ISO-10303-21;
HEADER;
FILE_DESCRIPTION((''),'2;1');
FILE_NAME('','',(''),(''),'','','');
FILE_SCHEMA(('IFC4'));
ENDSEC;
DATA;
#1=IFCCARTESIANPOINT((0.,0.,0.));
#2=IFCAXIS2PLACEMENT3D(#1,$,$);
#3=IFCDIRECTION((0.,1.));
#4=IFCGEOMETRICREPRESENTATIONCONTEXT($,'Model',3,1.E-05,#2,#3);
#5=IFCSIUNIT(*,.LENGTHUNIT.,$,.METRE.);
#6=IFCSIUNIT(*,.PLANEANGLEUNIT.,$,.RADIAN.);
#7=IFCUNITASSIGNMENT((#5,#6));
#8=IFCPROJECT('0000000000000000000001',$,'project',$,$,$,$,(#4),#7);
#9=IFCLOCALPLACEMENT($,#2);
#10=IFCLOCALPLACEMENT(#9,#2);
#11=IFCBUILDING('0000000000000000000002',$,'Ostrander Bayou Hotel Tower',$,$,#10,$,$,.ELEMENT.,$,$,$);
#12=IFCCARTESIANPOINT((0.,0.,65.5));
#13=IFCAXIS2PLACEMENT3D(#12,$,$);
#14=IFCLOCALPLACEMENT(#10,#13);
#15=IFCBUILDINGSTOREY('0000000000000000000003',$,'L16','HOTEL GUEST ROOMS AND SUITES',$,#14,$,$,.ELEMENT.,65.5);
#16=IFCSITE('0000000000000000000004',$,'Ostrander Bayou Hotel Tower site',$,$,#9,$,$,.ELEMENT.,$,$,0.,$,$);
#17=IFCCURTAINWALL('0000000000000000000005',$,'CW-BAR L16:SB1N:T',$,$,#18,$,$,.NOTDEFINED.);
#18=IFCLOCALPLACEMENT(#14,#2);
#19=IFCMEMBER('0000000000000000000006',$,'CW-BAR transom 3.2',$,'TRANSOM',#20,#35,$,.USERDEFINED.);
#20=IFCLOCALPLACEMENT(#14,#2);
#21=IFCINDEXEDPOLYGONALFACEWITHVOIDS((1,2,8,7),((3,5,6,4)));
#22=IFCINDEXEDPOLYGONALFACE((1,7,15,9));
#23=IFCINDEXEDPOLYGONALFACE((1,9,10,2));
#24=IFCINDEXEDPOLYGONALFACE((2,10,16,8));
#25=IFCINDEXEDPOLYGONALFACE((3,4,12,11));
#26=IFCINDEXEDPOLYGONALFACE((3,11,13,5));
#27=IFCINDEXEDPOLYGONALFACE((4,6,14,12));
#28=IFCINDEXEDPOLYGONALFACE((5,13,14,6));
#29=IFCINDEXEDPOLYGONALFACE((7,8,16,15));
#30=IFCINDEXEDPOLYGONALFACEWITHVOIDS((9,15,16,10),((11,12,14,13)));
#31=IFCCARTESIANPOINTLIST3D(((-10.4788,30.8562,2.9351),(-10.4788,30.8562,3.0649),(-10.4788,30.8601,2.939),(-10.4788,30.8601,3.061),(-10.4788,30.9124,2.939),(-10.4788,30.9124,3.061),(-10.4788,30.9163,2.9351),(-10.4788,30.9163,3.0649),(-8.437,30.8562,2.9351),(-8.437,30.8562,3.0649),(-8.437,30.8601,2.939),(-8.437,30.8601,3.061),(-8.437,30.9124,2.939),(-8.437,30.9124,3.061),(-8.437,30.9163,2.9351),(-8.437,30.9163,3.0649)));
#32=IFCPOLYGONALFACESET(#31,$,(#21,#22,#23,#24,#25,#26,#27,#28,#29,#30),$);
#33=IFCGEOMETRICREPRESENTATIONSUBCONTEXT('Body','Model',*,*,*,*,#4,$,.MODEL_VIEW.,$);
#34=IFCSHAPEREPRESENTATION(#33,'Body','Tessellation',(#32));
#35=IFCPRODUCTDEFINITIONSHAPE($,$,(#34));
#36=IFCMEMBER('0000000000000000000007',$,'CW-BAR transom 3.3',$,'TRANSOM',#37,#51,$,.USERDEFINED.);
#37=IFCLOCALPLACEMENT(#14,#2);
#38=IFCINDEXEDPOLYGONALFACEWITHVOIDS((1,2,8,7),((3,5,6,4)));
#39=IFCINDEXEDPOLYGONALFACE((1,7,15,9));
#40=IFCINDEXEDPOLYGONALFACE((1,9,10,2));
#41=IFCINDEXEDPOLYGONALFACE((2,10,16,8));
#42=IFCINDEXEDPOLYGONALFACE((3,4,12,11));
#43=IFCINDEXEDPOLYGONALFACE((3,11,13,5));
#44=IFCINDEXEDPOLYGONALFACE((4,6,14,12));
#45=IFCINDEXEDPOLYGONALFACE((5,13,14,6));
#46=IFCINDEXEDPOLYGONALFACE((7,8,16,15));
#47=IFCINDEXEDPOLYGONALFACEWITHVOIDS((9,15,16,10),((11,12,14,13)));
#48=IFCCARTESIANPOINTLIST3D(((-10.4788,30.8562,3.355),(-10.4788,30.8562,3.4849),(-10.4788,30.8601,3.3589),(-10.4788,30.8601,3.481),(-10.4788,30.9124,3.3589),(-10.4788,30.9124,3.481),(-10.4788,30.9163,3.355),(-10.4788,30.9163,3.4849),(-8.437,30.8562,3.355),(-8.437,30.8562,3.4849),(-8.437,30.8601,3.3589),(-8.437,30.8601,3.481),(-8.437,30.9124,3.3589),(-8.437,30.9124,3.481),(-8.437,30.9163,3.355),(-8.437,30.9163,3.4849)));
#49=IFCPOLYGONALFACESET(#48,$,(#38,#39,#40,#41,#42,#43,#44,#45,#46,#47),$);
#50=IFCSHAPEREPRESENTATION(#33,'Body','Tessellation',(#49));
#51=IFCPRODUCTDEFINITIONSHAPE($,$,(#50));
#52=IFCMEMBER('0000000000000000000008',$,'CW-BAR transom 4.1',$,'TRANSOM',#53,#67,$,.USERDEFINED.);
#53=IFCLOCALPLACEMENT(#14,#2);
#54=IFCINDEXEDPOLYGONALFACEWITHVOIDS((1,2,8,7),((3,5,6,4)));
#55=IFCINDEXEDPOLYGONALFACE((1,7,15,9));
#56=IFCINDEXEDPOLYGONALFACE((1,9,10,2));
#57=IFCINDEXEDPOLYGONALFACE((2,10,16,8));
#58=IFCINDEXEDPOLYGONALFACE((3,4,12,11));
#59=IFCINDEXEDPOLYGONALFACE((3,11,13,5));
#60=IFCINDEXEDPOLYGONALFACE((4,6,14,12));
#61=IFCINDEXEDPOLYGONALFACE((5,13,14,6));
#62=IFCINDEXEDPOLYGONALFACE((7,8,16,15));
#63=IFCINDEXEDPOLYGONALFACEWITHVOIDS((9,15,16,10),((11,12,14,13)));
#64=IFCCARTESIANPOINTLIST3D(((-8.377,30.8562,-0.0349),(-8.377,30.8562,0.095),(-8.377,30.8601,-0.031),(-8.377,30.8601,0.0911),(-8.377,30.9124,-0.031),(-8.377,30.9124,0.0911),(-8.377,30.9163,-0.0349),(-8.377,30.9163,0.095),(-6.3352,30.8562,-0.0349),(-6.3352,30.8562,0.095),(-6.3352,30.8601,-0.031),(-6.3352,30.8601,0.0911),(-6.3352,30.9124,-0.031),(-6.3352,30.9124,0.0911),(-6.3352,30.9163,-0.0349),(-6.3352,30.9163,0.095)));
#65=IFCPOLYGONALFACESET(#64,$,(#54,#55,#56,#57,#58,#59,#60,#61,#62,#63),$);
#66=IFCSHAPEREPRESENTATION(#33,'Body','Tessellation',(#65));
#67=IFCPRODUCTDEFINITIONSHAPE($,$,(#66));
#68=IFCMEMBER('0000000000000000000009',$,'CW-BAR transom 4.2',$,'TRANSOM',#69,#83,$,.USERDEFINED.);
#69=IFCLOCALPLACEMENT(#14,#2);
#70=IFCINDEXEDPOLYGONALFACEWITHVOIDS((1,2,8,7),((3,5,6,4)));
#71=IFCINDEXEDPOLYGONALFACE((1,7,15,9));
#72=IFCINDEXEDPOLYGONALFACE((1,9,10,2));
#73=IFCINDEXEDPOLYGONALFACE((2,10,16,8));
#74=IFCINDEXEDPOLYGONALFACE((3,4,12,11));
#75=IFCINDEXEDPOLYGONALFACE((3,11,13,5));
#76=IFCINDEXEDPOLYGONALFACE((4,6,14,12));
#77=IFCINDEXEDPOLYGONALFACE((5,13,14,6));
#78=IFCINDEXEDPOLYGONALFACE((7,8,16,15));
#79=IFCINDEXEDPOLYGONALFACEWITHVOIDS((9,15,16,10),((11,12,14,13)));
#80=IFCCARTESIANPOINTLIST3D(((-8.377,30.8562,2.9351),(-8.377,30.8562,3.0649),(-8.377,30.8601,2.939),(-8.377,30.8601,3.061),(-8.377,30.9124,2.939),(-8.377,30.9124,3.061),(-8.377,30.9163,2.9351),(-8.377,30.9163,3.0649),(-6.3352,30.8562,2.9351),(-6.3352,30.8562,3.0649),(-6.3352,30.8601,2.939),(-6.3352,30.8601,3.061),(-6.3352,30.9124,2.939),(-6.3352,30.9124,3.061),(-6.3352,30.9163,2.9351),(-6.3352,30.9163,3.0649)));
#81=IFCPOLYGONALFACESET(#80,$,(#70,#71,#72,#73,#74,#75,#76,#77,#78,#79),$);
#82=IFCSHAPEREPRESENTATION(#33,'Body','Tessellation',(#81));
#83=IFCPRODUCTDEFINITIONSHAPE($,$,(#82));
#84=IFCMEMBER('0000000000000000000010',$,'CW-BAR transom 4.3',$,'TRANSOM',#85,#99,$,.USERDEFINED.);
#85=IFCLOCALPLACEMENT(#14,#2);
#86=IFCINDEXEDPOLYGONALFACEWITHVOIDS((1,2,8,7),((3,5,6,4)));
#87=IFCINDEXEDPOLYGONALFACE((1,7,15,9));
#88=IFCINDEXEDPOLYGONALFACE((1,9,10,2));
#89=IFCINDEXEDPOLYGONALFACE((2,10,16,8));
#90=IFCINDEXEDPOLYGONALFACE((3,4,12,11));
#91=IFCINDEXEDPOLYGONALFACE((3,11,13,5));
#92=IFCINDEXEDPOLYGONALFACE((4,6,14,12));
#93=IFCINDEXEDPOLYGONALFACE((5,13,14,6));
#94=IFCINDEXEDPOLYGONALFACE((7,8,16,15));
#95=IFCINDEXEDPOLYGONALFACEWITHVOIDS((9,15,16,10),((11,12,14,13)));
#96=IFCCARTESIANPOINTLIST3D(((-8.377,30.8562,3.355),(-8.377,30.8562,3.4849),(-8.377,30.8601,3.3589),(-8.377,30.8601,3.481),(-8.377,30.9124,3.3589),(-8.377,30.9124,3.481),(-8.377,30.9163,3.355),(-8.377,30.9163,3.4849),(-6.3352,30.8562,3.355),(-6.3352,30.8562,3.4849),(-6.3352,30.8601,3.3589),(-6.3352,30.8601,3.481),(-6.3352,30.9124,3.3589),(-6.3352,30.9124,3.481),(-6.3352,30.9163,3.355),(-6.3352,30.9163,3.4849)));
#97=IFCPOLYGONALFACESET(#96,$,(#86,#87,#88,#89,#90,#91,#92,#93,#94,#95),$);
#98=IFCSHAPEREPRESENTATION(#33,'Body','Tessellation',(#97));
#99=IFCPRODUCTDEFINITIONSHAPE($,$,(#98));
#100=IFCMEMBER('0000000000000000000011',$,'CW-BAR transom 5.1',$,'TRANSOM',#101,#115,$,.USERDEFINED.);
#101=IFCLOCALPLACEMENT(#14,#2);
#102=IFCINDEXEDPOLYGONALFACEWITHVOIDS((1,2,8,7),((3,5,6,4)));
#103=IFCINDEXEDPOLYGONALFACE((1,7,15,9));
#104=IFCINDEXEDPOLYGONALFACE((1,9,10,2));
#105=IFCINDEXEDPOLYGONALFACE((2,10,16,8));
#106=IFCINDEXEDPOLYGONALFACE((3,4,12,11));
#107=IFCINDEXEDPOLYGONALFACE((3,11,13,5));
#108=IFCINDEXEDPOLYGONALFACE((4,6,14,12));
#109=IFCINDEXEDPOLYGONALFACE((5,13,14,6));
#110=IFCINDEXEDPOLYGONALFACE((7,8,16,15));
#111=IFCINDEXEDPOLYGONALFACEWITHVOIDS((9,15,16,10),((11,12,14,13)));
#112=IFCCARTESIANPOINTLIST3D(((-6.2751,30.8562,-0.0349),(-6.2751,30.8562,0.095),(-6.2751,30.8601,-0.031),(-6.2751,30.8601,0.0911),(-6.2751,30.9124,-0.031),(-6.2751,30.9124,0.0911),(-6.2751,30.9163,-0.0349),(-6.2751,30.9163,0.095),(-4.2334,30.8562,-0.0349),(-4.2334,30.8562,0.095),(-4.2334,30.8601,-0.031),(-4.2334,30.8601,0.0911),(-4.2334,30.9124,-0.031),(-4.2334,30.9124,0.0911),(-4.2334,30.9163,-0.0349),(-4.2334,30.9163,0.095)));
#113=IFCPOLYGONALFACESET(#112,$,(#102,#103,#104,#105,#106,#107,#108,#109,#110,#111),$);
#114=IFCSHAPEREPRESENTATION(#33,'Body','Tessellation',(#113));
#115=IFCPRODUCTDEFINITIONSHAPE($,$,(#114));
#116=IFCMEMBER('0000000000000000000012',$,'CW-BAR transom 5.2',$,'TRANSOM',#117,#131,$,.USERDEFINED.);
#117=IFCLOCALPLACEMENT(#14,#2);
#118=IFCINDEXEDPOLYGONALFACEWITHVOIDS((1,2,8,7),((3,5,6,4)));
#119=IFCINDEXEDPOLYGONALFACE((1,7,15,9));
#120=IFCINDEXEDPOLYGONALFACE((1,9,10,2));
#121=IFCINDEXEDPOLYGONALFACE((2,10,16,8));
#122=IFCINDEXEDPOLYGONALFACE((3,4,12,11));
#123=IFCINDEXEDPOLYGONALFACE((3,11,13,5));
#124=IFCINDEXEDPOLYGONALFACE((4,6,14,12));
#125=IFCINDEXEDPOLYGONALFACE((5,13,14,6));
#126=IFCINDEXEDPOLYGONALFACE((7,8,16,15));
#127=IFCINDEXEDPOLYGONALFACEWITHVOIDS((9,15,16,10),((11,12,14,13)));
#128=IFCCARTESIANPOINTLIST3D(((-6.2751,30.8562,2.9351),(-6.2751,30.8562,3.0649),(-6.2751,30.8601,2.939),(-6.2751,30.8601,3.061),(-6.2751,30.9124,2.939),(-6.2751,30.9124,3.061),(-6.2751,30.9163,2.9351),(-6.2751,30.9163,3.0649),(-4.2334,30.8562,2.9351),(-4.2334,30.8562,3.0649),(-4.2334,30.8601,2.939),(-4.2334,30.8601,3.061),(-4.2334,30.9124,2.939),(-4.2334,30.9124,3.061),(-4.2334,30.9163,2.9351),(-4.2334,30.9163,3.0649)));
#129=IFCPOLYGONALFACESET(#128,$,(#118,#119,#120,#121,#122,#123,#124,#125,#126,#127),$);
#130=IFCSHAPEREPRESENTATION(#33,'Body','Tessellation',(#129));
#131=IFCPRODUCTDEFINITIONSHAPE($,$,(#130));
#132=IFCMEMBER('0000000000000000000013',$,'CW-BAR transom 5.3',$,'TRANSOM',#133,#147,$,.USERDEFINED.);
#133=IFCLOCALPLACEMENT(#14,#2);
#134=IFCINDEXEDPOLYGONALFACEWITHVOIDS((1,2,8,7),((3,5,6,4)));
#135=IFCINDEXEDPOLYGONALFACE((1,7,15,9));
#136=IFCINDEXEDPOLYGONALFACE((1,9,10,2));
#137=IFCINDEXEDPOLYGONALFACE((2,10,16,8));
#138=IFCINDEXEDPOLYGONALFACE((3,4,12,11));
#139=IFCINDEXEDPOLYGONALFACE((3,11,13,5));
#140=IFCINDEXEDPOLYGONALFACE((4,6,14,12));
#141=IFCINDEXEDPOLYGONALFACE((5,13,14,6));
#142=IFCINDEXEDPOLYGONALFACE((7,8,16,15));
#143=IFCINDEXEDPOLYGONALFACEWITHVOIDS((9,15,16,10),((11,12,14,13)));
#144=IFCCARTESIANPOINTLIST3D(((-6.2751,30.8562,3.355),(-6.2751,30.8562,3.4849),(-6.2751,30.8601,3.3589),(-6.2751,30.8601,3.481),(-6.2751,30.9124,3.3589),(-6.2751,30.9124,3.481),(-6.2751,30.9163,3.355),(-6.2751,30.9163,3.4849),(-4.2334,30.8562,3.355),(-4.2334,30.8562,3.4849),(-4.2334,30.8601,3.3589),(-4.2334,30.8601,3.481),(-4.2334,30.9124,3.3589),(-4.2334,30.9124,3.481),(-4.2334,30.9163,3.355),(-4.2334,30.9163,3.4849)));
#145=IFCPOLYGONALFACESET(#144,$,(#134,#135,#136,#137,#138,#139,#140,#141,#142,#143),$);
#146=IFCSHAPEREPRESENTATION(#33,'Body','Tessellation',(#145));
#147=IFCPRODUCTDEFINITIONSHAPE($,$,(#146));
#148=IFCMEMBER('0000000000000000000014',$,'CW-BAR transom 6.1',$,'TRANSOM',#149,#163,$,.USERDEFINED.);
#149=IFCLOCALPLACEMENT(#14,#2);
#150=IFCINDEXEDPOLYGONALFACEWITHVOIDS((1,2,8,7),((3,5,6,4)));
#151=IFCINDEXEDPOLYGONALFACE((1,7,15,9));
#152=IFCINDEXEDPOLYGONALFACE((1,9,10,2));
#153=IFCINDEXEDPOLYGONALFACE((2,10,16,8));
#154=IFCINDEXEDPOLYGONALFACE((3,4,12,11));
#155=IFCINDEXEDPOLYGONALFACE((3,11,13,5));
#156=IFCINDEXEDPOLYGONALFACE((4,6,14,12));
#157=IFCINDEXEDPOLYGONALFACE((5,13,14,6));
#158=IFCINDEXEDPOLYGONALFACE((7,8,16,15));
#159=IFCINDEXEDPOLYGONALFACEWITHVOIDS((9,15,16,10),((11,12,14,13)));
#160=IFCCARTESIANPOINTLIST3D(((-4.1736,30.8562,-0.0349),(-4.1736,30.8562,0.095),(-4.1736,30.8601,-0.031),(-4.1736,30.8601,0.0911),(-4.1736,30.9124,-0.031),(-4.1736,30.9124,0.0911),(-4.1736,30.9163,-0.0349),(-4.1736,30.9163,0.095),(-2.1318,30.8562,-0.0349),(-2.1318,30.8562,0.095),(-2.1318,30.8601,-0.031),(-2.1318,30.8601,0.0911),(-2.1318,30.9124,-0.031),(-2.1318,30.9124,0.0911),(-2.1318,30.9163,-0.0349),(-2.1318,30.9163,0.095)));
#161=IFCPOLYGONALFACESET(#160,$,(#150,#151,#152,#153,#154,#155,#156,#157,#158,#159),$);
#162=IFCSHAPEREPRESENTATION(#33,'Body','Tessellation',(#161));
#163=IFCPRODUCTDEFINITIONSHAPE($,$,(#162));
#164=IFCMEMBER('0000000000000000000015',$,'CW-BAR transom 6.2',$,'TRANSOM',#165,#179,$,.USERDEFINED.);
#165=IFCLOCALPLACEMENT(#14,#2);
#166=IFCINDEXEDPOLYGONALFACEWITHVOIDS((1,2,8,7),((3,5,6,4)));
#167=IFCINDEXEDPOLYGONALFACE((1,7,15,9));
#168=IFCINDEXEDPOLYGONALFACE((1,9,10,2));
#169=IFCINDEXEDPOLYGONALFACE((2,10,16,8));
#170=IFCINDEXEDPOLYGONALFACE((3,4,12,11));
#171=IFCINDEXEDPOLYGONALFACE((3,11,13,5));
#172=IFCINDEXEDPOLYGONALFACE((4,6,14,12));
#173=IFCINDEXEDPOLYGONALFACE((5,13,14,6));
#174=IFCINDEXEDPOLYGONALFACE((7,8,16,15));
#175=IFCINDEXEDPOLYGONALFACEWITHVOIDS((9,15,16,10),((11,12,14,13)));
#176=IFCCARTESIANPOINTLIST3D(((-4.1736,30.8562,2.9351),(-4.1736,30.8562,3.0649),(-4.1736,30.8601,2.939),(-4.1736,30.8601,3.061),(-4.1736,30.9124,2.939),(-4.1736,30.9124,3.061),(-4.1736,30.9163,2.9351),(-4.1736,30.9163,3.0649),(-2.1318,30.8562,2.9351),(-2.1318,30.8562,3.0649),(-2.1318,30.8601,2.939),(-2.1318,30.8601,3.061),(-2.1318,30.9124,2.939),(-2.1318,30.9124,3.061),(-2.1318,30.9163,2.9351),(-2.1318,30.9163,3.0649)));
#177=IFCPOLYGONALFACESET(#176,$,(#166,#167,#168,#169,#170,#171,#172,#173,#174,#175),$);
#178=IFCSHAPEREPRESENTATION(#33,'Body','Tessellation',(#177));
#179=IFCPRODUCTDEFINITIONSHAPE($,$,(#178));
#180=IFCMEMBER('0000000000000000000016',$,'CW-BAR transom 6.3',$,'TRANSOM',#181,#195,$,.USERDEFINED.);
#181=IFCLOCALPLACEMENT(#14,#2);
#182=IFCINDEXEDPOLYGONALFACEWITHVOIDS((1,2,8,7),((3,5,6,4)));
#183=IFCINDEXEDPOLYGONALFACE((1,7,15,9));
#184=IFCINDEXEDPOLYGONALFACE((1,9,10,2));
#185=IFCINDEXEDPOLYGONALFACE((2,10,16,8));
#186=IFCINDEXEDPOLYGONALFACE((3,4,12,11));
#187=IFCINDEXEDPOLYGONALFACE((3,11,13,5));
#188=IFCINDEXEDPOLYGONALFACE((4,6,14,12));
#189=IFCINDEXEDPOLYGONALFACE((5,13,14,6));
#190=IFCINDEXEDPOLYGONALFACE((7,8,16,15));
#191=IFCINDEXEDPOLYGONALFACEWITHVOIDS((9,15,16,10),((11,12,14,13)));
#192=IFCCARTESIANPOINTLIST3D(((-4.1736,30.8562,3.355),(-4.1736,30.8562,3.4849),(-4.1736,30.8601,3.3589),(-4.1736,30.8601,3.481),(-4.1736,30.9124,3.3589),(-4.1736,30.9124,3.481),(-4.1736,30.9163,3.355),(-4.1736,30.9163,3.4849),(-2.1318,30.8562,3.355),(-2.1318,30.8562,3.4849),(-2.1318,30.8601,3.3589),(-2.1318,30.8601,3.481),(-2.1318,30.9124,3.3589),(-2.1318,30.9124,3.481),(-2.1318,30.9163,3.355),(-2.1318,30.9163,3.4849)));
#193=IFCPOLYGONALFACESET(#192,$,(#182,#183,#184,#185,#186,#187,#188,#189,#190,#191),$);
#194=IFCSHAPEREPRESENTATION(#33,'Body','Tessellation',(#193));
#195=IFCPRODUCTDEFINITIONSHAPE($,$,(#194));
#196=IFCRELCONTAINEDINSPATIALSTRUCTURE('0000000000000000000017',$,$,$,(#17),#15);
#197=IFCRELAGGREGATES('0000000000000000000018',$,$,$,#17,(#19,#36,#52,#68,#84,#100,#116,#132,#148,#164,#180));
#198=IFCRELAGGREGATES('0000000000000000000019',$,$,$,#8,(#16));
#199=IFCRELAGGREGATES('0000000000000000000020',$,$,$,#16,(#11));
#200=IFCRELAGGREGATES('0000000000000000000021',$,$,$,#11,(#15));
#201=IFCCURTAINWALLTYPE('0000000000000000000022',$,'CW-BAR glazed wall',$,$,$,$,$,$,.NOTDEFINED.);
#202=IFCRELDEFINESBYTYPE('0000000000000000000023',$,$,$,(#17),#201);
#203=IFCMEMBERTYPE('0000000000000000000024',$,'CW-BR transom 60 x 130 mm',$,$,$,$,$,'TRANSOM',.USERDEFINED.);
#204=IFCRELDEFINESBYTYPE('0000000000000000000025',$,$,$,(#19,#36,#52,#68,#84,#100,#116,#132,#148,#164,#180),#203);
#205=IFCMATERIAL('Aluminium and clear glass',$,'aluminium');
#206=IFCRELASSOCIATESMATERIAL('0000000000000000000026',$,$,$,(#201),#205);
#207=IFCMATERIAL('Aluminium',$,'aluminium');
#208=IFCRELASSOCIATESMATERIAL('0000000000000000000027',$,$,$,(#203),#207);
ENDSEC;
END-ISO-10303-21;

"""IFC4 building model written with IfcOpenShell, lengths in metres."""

from ifc_helpers import new_model, si_unit, direction, frame, origin, origin_2d, place, context, subcontext, project, spatial, hollow_rectangle, extrude, material, material_profile, profile_set, type_object, element, aggregate, save


model = new_model("IFC4")

# Units and contexts
model_context = context("Model", 3, precision=1e-05, world=origin(), true_north=direction((0.0, 1.0)))
body_context = subcontext(model_context, "Body", "Model", "MODEL_VIEW")
ifc_project = project(units=[si_unit("LENGTHUNIT", "METRE"), si_unit("PLANEANGLEUNIT", "RADIAN")], contexts=[model_context])

# Site, building, storey
site_placement = place(None, origin())
site = spatial("IfcSite", under=ifc_project, at=site_placement, Name="Ostrander Bayou Hotel Tower site", CompositionType="ELEMENT", RefElevation=0.0)
building_placement = place(site_placement, origin())
building = spatial("IfcBuilding", under=site, at=building_placement, Name="Ostrander Bayou Hotel Tower", CompositionType="ELEMENT")
storey_placement = place(building_placement, frame((0.0, 0.0, 65.5)))
storey = spatial("IfcBuildingStorey", under=building, at=storey_placement, Name="L16", Description="HOTEL GUEST ROOMS AND SUITES", CompositionType="ELEMENT", Elevation=65.5)

# Curtain wall, members
ifc_material_1 = material(Name="Aluminium and clear glass", Category="aluminium")
curtain_wall_type = type_object("IfcCurtainWallType", Name="CW-BAR glazed wall", PredefinedType="NOTDEFINED", material=ifc_material_1)
curtain_wall_placement = place(storey_placement, origin())
curtain_wall = element("IfcCurtainWall", 1, at=curtain_wall_placement, inside=storey, type_object=curtain_wall_type, Name="CW-BAR L16:SB1N:T", PredefinedType="NOTDEFINED")
ifc_material_2 = material(Name="Aluminium", Category="aluminium")
ifc_material_profile_1 = material_profile(ifc_material_2, hollow_rectangle(XDim=0.0601, YDim=0.1299, WallThickness=0.0039, at=origin_2d()))
ifc_profile_set_1 = profile_set([ifc_material_profile_1], Name="Aluminium")
member_type_1 = type_object("IfcMemberType", Name="CW-BR transom 60 x 130 mm", ElementType="TRANSOM", PredefinedType="USERDEFINED", material=ifc_profile_set_1)
member_1_placement = place(storey_placement, frame((-10.4788, 30.8862, 3.0), z_axis=(1.0, 0.0, 0.0), x_axis=(0.0, 1.0, 0.0)))
member_1 = element("IfcMember", 2, at=member_1_placement, type_object=member_type_1, Name="CW-BAR transom 3.2", ObjectType="TRANSOM", PredefinedType="USERDEFINED", context=body_context, shape_type="SweptSolid", body=[
    extrude(hollow_rectangle(XDim=0.0601, YDim=0.1299, WallThickness=0.0039, at=origin_2d()), origin(), (0.0, 0.0, 1.0), 2.0417),
])
member_2_placement = place(storey_placement, frame((-10.4788, 30.8862, 3.4199), z_axis=(1.0, 0.0, 0.0), x_axis=(0.0, 1.0, 0.0)))
member_2 = element("IfcMember", 3, at=member_2_placement, type_object=member_type_1, Name="CW-BAR transom 3.3", ObjectType="TRANSOM", PredefinedType="USERDEFINED", context=body_context, shape_type="SweptSolid", body=[
    extrude(hollow_rectangle(XDim=0.0601, YDim=0.1299, WallThickness=0.0039, at=origin_2d()), origin(), (0.0, 0.0, 1.0), 2.0417),
])
member_3_placement = place(storey_placement, frame((-8.377, 30.8862, 0.03), z_axis=(1.0, 0.0, 0.0), x_axis=(0.0, 1.0, 0.0)))
member_3 = element("IfcMember", 4, at=member_3_placement, type_object=member_type_1, Name="CW-BAR transom 4.1", ObjectType="TRANSOM", PredefinedType="USERDEFINED", context=body_context, shape_type="SweptSolid", body=[
    extrude(hollow_rectangle(XDim=0.0601, YDim=0.1299, WallThickness=0.0039, at=origin_2d()), origin(), (0.0, 0.0, 1.0), 2.0417),
])
member_4_placement = place(storey_placement, frame((-8.377, 30.8862, 3.0), z_axis=(1.0, 0.0, 0.0), x_axis=(0.0, 1.0, 0.0)))
member_4 = element("IfcMember", 5, at=member_4_placement, type_object=member_type_1, Name="CW-BAR transom 4.2", ObjectType="TRANSOM", PredefinedType="USERDEFINED", context=body_context, shape_type="SweptSolid", body=[
    extrude(hollow_rectangle(XDim=0.0601, YDim=0.1299, WallThickness=0.0039, at=origin_2d()), origin(), (0.0, 0.0, 1.0), 2.0417),
])
member_5_placement = place(storey_placement, frame((-8.377, 30.8862, 3.4199), z_axis=(1.0, 0.0, 0.0), x_axis=(0.0, 1.0, 0.0)))
member_5 = element("IfcMember", 6, at=member_5_placement, type_object=member_type_1, Name="CW-BAR transom 4.3", ObjectType="TRANSOM", PredefinedType="USERDEFINED", context=body_context, shape_type="SweptSolid", body=[
    extrude(hollow_rectangle(XDim=0.0601, YDim=0.1299, WallThickness=0.0039, at=origin_2d()), origin(), (0.0, 0.0, 1.0), 2.0417),
])
member_6_placement = place(storey_placement, frame((-6.2751, 30.8862, 0.03), z_axis=(1.0, 0.0, 0.0), x_axis=(0.0, 1.0, 0.0)))
member_6 = element("IfcMember", 7, at=member_6_placement, type_object=member_type_1, Name="CW-BAR transom 5.1", ObjectType="TRANSOM", PredefinedType="USERDEFINED", context=body_context, shape_type="SweptSolid", body=[
    extrude(hollow_rectangle(XDim=0.0601, YDim=0.1299, WallThickness=0.0039, at=origin_2d()), origin(), (0.0, 0.0, 1.0), 2.0417),
])
member_7_placement = place(storey_placement, frame((-6.2751, 30.8862, 3.0), z_axis=(1.0, 0.0, 0.0), x_axis=(0.0, 1.0, 0.0)))
member_7 = element("IfcMember", 8, at=member_7_placement, type_object=member_type_1, Name="CW-BAR transom 5.2", ObjectType="TRANSOM", PredefinedType="USERDEFINED", context=body_context, shape_type="SweptSolid", body=[
    extrude(hollow_rectangle(XDim=0.0601, YDim=0.1299, WallThickness=0.0039, at=origin_2d()), origin(), (0.0, 0.0, 1.0), 2.0417),
])
member_8_placement = place(storey_placement, frame((-6.2751, 30.8862, 3.4199), z_axis=(1.0, 0.0, 0.0), x_axis=(0.0, 1.0, 0.0)))
member_8 = element("IfcMember", 9, at=member_8_placement, type_object=member_type_1, Name="CW-BAR transom 5.3", ObjectType="TRANSOM", PredefinedType="USERDEFINED", context=body_context, shape_type="SweptSolid", body=[
    extrude(hollow_rectangle(XDim=0.0601, YDim=0.1299, WallThickness=0.0039, at=origin_2d()), origin(), (0.0, 0.0, 1.0), 2.0417),
])
member_9_placement = place(storey_placement, frame((-4.1736, 30.8862, 0.03), z_axis=(1.0, 0.0, 0.0), x_axis=(0.0, 1.0, 0.0)))
member_9 = element("IfcMember", 10, at=member_9_placement, type_object=member_type_1, Name="CW-BAR transom 6.1", ObjectType="TRANSOM", PredefinedType="USERDEFINED", context=body_context, shape_type="SweptSolid", body=[
    extrude(hollow_rectangle(XDim=0.0601, YDim=0.1299, WallThickness=0.0039, at=origin_2d()), origin(), (0.0, 0.0, 1.0), 2.0417),
])
member_10_placement = place(storey_placement, frame((-4.1736, 30.8862, 3.0), z_axis=(1.0, 0.0, 0.0), x_axis=(0.0, 1.0, 0.0)))
member_10 = element("IfcMember", 11, at=member_10_placement, type_object=member_type_1, Name="CW-BAR transom 6.2", ObjectType="TRANSOM", PredefinedType="USERDEFINED", context=body_context, shape_type="SweptSolid", body=[
    extrude(hollow_rectangle(XDim=0.0601, YDim=0.1299, WallThickness=0.0039, at=origin_2d()), origin(), (0.0, 0.0, 1.0), 2.0417),
])
member_11_placement = place(storey_placement, frame((-4.1736, 30.8862, 3.4199), z_axis=(1.0, 0.0, 0.0), x_axis=(0.0, 1.0, 0.0)))
member_11 = element("IfcMember", 12, at=member_11_placement, type_object=member_type_1, Name="CW-BAR transom 6.3", ObjectType="TRANSOM", PredefinedType="USERDEFINED", context=body_context, shape_type="SweptSolid", body=[
    extrude(hollow_rectangle(XDim=0.0601, YDim=0.1299, WallThickness=0.0039, at=origin_2d()), origin(), (0.0, 0.0, 1.0), 2.0417),
])
aggregate(curtain_wall, [member_1, member_2, member_3, member_4, member_5, member_6, member_7, member_8, member_9, member_10, member_11])

save(model, "model.ifc")
